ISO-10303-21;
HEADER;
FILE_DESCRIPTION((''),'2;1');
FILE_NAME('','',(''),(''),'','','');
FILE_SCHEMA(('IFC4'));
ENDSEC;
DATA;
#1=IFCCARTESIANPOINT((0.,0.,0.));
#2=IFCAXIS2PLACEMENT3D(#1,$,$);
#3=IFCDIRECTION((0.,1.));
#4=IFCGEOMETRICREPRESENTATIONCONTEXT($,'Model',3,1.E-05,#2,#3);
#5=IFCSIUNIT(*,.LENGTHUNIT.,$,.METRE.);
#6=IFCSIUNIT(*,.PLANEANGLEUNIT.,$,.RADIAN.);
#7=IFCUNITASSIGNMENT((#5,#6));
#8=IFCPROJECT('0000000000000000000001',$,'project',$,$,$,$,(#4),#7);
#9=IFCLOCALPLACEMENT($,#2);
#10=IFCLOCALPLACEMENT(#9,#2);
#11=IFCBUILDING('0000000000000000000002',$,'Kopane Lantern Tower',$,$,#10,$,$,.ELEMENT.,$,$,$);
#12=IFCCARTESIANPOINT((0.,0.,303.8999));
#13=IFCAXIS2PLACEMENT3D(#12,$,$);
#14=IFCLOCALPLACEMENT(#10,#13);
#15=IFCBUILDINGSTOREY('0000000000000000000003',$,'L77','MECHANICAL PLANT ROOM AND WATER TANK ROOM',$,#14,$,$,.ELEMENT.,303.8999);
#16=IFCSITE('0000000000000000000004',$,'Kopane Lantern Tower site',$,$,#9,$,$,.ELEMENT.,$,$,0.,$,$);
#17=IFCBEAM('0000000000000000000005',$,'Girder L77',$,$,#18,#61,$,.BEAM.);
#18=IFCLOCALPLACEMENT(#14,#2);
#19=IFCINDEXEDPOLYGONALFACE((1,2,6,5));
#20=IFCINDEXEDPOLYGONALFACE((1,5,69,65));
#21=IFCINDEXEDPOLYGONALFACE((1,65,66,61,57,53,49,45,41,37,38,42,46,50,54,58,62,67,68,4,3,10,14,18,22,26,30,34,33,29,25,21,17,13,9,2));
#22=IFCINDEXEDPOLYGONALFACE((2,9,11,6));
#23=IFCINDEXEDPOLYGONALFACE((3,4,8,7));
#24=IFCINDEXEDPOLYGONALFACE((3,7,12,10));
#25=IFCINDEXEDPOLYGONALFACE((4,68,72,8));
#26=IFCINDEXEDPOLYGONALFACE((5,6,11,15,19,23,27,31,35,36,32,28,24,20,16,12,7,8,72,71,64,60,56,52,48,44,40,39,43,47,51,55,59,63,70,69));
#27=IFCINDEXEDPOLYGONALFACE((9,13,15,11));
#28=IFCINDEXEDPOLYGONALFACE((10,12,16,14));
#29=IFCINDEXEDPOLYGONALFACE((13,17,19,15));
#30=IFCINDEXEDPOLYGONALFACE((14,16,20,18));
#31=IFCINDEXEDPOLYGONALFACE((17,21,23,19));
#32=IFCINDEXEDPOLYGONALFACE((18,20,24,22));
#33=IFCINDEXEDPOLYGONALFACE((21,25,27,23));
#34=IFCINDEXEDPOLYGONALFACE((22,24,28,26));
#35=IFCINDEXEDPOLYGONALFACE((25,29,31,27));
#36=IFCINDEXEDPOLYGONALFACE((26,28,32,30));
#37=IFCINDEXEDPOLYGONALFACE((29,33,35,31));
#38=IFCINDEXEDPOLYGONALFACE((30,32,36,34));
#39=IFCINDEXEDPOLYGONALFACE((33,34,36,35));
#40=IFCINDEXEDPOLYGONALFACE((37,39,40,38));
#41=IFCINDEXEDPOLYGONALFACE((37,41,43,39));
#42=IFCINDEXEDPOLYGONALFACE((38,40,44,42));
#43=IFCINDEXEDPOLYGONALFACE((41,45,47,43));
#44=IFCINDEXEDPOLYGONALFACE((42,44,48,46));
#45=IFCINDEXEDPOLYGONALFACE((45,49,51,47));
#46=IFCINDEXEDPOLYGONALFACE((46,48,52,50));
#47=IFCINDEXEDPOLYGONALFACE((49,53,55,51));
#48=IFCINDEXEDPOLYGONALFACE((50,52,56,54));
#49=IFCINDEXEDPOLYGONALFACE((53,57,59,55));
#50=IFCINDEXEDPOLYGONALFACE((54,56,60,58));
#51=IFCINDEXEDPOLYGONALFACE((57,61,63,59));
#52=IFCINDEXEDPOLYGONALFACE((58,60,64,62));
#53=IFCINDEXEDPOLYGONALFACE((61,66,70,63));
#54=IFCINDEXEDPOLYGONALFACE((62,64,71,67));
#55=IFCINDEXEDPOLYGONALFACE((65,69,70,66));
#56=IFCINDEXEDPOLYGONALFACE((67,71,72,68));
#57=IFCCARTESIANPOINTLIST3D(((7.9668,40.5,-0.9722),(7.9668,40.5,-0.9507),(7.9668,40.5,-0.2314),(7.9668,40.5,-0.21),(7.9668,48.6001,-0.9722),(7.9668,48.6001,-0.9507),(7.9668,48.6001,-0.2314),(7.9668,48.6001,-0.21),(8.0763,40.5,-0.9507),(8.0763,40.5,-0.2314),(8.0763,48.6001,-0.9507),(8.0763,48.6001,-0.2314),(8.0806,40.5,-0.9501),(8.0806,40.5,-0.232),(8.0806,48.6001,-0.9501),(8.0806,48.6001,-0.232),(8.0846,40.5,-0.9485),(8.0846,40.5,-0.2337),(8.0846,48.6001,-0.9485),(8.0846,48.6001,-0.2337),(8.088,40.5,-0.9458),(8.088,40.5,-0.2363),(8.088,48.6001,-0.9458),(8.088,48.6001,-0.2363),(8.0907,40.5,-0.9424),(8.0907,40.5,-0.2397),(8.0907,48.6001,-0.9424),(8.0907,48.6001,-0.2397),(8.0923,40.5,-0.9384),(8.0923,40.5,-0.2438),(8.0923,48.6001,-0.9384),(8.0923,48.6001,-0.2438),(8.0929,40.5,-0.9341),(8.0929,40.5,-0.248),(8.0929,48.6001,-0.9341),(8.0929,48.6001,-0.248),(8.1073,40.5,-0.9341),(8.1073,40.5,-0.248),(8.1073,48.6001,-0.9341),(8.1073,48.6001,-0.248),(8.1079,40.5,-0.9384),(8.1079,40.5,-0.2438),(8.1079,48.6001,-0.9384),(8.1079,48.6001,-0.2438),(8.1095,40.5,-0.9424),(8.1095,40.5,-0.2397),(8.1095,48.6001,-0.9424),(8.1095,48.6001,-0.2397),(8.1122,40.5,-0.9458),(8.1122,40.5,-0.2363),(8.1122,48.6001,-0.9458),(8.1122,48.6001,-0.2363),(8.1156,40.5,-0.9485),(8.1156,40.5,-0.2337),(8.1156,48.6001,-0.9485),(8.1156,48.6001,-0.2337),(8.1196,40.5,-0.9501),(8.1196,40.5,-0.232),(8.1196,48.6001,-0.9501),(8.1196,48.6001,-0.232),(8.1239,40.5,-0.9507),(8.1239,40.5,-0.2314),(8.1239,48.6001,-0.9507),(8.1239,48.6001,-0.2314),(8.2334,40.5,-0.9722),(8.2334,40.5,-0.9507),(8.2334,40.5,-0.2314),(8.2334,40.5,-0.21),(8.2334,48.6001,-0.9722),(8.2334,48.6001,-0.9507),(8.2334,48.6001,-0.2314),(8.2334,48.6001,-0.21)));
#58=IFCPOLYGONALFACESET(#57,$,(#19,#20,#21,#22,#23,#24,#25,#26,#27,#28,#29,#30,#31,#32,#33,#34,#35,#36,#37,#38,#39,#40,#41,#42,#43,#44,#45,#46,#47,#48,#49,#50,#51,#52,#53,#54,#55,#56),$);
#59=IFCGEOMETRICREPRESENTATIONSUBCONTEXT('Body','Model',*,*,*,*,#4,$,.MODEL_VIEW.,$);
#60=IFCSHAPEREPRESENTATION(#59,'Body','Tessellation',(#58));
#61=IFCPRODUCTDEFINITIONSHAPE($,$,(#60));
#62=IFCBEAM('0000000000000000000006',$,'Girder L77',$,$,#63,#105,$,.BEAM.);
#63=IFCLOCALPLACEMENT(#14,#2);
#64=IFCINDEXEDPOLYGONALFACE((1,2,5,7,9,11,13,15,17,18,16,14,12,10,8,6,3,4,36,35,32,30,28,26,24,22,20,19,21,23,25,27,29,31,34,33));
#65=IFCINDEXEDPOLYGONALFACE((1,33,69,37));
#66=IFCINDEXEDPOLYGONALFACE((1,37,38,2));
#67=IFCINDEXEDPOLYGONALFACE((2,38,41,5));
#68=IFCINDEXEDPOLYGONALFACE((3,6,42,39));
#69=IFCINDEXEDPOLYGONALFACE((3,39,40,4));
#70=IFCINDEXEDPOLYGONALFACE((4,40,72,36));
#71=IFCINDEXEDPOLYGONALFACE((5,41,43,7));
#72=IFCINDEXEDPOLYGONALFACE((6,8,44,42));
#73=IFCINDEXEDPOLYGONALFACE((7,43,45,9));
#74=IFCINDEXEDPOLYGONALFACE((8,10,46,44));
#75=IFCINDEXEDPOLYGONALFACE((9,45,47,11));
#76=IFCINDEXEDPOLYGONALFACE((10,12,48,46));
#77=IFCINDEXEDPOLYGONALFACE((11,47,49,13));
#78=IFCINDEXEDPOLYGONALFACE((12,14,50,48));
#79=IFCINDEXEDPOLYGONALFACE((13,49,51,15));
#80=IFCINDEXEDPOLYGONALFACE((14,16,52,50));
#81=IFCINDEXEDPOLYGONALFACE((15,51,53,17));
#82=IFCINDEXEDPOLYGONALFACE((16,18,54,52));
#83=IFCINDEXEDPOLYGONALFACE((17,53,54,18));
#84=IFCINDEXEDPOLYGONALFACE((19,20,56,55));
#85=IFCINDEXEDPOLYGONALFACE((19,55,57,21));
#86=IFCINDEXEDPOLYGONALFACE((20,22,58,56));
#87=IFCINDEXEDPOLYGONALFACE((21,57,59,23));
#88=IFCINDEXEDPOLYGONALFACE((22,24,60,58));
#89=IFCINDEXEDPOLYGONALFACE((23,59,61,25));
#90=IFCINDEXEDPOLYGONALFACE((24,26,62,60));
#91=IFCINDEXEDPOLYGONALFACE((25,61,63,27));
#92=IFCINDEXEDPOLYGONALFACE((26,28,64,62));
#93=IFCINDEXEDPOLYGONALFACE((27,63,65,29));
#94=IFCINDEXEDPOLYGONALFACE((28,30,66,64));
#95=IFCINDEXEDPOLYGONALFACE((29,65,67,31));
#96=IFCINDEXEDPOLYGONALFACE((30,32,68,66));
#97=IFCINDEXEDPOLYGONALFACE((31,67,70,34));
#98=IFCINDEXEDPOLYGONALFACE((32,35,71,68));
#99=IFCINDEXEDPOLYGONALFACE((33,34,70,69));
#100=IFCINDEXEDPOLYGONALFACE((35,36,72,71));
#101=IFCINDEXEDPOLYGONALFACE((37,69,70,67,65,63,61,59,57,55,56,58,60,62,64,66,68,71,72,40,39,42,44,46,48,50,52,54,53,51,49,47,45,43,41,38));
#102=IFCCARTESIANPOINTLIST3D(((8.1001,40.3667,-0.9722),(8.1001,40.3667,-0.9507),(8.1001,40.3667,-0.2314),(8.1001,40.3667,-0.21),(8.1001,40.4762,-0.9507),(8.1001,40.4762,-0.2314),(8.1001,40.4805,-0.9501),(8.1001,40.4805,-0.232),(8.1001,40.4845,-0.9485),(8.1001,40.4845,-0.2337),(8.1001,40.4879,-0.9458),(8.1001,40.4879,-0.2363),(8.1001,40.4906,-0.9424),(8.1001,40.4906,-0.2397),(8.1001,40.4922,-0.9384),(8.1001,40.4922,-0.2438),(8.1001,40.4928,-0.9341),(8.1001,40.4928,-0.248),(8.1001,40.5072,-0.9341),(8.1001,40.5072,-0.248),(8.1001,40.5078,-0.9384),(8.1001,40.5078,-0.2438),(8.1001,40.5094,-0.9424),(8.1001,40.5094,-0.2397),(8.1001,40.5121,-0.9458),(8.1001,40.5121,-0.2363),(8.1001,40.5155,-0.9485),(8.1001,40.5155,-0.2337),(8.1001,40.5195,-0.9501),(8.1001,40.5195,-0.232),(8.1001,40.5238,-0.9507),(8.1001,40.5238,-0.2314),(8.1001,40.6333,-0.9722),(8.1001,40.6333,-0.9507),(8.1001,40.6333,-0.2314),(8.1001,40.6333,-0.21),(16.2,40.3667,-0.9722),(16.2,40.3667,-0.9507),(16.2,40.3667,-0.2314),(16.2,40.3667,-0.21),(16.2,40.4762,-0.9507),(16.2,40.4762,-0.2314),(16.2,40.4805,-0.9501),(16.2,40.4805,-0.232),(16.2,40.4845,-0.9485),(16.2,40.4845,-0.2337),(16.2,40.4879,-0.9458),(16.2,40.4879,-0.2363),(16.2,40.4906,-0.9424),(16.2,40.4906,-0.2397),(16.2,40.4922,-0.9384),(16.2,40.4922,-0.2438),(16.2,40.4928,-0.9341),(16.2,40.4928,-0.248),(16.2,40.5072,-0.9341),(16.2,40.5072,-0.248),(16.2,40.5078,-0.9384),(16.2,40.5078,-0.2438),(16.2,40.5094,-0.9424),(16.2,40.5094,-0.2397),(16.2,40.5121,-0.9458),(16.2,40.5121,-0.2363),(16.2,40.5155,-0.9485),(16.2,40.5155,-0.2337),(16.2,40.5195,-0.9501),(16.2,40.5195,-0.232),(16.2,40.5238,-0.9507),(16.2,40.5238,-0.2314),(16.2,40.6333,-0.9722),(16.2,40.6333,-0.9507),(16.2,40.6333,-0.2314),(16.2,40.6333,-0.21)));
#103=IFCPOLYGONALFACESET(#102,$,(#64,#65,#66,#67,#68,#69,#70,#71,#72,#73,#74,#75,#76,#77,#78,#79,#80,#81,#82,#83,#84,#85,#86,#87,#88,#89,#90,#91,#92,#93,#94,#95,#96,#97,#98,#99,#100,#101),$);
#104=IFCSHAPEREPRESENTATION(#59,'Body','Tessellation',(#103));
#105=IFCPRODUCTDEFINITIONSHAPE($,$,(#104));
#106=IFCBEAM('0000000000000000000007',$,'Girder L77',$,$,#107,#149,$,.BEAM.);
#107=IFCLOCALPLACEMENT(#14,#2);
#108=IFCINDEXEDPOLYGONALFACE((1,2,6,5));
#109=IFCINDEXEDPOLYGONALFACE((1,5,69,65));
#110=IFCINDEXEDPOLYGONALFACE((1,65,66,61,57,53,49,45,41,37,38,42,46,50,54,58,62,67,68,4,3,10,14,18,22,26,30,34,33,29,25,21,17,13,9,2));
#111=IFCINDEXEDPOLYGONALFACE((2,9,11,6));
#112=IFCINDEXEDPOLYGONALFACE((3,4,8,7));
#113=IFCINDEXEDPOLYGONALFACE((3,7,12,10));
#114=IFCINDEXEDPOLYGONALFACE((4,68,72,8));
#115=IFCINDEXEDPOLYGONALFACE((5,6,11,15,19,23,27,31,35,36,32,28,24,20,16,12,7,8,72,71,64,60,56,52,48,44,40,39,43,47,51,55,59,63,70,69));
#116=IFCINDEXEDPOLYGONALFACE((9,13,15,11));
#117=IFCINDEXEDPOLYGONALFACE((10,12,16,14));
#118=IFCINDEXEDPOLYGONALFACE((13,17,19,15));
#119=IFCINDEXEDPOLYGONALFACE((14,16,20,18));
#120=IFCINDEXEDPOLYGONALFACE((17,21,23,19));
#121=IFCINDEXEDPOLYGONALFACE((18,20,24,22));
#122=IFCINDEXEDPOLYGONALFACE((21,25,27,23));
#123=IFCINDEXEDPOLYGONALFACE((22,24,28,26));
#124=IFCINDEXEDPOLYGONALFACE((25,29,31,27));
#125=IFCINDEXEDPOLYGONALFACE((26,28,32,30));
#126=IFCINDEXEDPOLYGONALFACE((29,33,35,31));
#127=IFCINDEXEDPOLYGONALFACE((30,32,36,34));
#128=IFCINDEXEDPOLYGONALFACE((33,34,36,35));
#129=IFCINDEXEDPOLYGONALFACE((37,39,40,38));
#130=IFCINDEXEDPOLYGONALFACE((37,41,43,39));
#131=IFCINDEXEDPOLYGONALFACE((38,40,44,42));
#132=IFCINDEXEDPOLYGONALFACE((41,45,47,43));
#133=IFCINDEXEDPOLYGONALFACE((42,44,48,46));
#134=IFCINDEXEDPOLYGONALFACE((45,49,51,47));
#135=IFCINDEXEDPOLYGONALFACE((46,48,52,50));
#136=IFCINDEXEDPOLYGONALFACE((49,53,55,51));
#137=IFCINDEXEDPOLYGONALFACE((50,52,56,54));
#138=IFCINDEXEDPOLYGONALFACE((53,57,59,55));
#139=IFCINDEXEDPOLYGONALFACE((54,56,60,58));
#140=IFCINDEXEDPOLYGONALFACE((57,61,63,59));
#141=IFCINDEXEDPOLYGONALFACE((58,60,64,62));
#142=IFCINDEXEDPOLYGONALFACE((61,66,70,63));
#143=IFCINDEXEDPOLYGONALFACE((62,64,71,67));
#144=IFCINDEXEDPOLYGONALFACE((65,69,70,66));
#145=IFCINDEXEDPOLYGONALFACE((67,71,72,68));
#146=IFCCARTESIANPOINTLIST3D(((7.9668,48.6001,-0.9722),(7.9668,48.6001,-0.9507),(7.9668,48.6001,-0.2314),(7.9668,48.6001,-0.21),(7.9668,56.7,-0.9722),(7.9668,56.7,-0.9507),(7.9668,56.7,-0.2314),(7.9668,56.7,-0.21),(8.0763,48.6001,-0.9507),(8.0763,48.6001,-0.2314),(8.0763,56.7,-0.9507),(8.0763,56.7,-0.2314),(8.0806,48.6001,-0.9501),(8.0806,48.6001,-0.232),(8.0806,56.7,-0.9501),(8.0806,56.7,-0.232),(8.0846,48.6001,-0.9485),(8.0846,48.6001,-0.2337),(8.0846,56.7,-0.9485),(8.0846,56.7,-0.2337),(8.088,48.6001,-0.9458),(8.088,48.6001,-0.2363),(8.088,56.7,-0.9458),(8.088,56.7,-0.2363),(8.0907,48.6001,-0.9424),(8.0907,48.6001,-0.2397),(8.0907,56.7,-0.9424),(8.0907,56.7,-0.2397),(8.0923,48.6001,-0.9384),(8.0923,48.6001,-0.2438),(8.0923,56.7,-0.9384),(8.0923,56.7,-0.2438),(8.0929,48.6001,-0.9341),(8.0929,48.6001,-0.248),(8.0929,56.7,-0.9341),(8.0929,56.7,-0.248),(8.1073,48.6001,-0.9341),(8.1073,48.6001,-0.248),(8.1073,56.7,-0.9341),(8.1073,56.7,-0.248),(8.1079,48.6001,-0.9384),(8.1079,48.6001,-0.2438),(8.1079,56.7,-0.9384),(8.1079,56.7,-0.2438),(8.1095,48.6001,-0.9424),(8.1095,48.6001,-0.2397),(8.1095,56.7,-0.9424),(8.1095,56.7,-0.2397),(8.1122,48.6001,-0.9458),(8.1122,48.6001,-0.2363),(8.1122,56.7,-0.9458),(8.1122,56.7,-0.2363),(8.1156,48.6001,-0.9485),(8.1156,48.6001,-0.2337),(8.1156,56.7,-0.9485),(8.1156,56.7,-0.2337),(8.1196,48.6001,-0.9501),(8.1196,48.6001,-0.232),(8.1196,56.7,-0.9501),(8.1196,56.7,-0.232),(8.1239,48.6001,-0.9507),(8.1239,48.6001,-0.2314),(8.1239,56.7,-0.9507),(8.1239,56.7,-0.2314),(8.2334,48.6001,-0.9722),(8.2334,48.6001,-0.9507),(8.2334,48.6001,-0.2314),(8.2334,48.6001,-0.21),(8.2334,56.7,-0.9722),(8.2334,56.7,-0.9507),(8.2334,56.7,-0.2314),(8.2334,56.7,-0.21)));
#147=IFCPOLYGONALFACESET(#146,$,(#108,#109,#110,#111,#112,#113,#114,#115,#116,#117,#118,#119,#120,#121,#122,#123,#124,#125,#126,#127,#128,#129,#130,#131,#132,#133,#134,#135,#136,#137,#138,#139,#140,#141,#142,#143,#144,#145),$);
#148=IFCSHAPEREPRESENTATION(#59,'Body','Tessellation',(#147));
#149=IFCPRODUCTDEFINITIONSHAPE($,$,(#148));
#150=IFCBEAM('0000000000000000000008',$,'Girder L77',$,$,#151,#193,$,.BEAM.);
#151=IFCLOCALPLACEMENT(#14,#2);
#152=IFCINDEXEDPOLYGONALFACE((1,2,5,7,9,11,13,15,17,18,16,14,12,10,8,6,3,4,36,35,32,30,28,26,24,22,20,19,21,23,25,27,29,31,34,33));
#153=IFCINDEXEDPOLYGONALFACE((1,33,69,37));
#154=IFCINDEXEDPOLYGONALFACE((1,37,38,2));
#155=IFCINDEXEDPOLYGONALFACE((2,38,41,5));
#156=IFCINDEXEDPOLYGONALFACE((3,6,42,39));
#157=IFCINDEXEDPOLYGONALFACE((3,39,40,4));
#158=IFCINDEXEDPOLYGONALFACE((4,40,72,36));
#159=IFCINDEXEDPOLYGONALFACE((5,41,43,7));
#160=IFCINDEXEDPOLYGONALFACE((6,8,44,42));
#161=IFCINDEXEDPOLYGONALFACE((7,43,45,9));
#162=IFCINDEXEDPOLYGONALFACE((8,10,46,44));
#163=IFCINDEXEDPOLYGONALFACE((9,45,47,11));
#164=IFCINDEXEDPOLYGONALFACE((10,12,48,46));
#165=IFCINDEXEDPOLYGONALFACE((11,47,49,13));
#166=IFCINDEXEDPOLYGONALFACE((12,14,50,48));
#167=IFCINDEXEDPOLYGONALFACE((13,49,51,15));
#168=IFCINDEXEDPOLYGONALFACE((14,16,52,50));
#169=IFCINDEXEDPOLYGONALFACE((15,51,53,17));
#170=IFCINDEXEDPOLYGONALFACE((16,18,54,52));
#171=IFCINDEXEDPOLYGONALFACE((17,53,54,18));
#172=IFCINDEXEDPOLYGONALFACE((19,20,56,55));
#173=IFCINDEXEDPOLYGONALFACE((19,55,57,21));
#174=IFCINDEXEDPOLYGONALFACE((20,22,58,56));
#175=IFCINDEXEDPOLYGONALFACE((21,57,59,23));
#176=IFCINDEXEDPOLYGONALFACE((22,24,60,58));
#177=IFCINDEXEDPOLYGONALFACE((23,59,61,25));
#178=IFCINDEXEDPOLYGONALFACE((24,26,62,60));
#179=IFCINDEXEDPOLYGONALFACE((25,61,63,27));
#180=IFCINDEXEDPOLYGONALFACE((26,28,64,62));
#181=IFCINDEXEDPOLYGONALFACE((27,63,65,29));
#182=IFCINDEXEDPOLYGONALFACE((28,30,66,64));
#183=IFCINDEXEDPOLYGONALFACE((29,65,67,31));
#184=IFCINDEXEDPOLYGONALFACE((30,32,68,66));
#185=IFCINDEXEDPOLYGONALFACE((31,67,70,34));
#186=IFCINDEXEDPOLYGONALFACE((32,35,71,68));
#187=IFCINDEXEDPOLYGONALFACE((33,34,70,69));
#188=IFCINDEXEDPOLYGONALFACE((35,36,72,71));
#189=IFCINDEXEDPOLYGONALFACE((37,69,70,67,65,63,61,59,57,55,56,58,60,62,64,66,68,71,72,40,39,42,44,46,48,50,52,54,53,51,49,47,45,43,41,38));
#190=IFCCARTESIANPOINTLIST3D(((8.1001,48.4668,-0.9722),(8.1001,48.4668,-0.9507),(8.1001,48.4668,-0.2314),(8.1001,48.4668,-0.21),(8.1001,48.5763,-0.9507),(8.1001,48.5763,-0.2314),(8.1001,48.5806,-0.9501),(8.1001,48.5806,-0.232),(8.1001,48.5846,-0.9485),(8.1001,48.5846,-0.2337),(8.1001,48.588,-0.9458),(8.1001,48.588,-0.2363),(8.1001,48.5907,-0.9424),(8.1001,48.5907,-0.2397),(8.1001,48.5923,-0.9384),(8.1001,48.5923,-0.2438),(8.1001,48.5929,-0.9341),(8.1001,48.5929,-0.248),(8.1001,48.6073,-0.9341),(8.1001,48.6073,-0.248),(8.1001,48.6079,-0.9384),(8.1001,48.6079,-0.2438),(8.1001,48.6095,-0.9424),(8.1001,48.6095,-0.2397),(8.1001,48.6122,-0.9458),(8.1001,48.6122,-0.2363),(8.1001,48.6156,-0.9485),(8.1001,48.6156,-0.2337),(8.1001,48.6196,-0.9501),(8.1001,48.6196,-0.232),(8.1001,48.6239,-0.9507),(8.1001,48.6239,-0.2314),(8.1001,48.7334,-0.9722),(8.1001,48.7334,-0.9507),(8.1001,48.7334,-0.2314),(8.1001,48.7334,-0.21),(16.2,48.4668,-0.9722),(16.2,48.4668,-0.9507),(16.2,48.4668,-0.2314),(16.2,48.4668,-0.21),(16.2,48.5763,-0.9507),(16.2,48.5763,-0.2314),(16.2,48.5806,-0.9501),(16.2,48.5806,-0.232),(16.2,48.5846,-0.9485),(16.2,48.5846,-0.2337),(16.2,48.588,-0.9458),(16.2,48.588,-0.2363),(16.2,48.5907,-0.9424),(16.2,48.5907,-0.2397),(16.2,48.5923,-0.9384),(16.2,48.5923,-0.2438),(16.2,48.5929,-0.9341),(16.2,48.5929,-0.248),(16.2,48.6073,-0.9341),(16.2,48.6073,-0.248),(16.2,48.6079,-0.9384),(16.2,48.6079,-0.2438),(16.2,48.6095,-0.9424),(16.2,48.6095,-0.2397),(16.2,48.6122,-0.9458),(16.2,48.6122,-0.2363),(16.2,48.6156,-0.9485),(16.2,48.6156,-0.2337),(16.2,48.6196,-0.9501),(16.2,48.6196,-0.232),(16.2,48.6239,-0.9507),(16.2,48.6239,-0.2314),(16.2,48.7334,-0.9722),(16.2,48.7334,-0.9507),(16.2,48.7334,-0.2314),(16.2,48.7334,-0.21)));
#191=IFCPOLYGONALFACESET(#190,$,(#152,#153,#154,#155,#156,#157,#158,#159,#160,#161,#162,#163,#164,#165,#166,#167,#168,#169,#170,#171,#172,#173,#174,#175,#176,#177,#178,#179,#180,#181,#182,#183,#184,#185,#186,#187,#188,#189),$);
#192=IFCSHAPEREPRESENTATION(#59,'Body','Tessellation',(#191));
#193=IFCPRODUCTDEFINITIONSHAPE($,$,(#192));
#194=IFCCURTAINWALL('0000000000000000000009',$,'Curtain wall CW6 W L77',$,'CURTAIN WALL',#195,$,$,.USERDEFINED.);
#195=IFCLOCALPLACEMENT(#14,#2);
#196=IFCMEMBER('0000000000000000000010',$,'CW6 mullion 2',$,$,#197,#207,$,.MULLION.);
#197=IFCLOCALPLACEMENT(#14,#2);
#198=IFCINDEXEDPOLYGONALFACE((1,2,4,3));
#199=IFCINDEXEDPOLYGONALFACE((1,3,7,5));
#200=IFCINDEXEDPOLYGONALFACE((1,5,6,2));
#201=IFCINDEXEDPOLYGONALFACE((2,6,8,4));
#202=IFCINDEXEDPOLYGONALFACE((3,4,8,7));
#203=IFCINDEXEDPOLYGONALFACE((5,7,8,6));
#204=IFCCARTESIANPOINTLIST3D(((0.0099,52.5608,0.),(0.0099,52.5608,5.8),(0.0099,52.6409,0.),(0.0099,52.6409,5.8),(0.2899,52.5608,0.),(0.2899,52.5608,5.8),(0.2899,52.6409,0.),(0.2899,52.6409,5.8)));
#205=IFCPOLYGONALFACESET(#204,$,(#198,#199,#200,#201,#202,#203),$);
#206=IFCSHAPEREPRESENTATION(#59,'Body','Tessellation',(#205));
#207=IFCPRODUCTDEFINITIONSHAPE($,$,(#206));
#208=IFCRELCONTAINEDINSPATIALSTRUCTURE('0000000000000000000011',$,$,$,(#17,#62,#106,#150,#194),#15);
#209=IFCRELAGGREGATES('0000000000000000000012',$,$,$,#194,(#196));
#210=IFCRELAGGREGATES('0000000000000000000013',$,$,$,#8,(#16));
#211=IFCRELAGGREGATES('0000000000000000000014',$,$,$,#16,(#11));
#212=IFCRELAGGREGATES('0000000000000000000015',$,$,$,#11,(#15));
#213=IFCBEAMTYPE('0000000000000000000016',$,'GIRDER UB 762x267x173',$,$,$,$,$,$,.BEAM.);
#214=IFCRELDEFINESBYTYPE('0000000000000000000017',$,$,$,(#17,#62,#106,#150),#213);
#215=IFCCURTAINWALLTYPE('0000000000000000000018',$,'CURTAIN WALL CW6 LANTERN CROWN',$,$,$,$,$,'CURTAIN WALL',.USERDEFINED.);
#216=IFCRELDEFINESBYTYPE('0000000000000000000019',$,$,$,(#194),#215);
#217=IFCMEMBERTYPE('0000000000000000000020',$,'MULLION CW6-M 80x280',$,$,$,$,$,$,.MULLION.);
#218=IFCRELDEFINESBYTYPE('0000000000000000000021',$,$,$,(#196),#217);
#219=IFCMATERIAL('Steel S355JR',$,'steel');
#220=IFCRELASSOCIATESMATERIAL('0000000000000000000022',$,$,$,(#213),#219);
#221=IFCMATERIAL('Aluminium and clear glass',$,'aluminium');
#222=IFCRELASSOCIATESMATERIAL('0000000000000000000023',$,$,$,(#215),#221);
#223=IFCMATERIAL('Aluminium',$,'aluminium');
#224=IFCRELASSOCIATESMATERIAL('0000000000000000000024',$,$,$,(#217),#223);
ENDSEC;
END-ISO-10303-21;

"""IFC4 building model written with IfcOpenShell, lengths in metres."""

from ifc_helpers import new_model, si_unit, direction, frame, origin, origin_2d, place, context, subcontext, project, spatial, rectangle, i_section, extrude, material, material_profile, profile_set, type_object, element, aggregate, save


model = new_model("IFC4")

# Units and contexts
model_context = context("Model", 3, precision=1e-05, world=origin(), true_north=direction((0.0, 1.0)))
body_context = subcontext(model_context, "Body", "Model", "MODEL_VIEW")
ifc_project = project(units=[si_unit("LENGTHUNIT", "METRE"), si_unit("PLANEANGLEUNIT", "RADIAN")], contexts=[model_context])

# Site, building, storey
site_placement = place(None, origin())
site = spatial("IfcSite", under=ifc_project, at=site_placement, Name="Kopane Lantern Tower site", CompositionType="ELEMENT", RefElevation=0.0)
building_placement = place(site_placement, origin())
building = spatial("IfcBuilding", under=site, at=building_placement, Name="Kopane Lantern Tower", CompositionType="ELEMENT")
storey_placement = place(building_placement, frame((0.0, 0.0, 303.8999)))
storey = spatial("IfcBuildingStorey", under=building, at=storey_placement, Name="L77", Description="MECHANICAL PLANT ROOM AND WATER TANK ROOM", CompositionType="ELEMENT", Elevation=303.8999)

# Beams
ifc_material_1 = material(Name="Steel S355JR", Category="steel")
ifc_material_profile_1 = material_profile(ifc_material_1, i_section(OverallWidth=0.2666, OverallDepth=0.7622, WebThickness=0.0144, FlangeThickness=0.0215, FilletRadius=0.0166, at=origin_2d()), Name="UB 762x267x173")
ifc_profile_set_1 = profile_set([ifc_material_profile_1], Name="Steel S355JR")
beam_type = type_object("IfcBeamType", Name="GIRDER UB 762x267x173", PredefinedType="BEAM", material=ifc_profile_set_1)
for number, where, z_axis, x_axis, name in (
    (1, (8.1001, 40.5, -0.5911), (0.0, 1.0, 0.0), (-1.0, 0.0, 0.0), "Girder L77"),
):
    element("IfcBeam", number, at=place(storey_placement, frame(where, z_axis=z_axis, x_axis=x_axis)), inside=storey, type_object=beam_type, Name=name, PredefinedType="BEAM", context=body_context, shape_type="SweptSolid", body=[
        extrude(i_section(OverallWidth=0.2666, OverallDepth=0.7622, WebThickness=0.0144, FlangeThickness=0.0215, FilletRadius=0.0166, at=origin_2d()), origin(), (0.0, 0.0, 1.0), 8.1001),
    ])
for number, where, z_axis, x_axis, name in (
    (2, (8.1001, 40.5, -0.5911), (1.0, 0.0, 0.0), (0.0, 1.0, 0.0), "Girder L77"),
    (3, (8.1001, 48.6001, -0.5911), (0.0, 1.0, 0.0), (-1.0, 0.0, 0.0), "Girder L77"),
    (4, (8.1001, 48.6001, -0.5911), (1.0, 0.0, 0.0), (0.0, 1.0, 0.0), "Girder L77"),
):
    element("IfcBeam", number, at=place(storey_placement, frame(where, z_axis=z_axis, x_axis=x_axis)), inside=storey, type_object=beam_type, Name=name, PredefinedType="BEAM", context=body_context, shape_type="SweptSolid", body=[
        extrude(i_section(OverallWidth=0.2666, OverallDepth=0.7622, WebThickness=0.0144, FlangeThickness=0.0215, FilletRadius=0.0166, at=origin_2d()), origin(), (0.0, 0.0, 1.0), 8.0999),
    ])

# Curtain wall, member
ifc_material_2 = material(Name="Aluminium and clear glass", Category="aluminium")
curtain_wall_type = type_object("IfcCurtainWallType", Name="CURTAIN WALL CW6 LANTERN CROWN", ElementType="CURTAIN WALL", PredefinedType="USERDEFINED", material=ifc_material_2)
curtain_wall_1_placement = place(storey_placement, origin())
curtain_wall_1 = element("IfcCurtainWall", 5, at=curtain_wall_1_placement, inside=storey, type_object=curtain_wall_type, Name="Curtain wall CW6 W L77", ObjectType="CURTAIN WALL", PredefinedType="USERDEFINED")
ifc_material_3 = material(Name="Aluminium", Category="aluminium")
ifc_material_profile_2 = material_profile(ifc_material_3, rectangle(XDim=0.0801, YDim=0.28, at=origin_2d()), Name="AL 80x280")
ifc_profile_set_2 = profile_set([ifc_material_profile_2], Name="Aluminium")
member_type_1 = type_object("IfcMemberType", Name="MULLION CW6-M 80x280", PredefinedType="MULLION", material=ifc_profile_set_2)
member_1_placement = place(storey_placement, frame((0.1499, 52.6008, 0.0), z_axis=(0.0, 0.0, 1.0), x_axis=(0.0, -1.0, 0.0)))
member_1 = element("IfcMember", 6, at=member_1_placement, type_object=member_type_1, Name="CW6 mullion 2", PredefinedType="MULLION", context=body_context, shape_type="SweptSolid", body=[
    extrude(rectangle(XDim=0.0801, YDim=0.28, at=origin_2d()), origin(), (0.0, 0.0, 1.0), 5.8),
])

aggregate(curtain_wall_1, [member_1])

save(model, "model.ifc")
